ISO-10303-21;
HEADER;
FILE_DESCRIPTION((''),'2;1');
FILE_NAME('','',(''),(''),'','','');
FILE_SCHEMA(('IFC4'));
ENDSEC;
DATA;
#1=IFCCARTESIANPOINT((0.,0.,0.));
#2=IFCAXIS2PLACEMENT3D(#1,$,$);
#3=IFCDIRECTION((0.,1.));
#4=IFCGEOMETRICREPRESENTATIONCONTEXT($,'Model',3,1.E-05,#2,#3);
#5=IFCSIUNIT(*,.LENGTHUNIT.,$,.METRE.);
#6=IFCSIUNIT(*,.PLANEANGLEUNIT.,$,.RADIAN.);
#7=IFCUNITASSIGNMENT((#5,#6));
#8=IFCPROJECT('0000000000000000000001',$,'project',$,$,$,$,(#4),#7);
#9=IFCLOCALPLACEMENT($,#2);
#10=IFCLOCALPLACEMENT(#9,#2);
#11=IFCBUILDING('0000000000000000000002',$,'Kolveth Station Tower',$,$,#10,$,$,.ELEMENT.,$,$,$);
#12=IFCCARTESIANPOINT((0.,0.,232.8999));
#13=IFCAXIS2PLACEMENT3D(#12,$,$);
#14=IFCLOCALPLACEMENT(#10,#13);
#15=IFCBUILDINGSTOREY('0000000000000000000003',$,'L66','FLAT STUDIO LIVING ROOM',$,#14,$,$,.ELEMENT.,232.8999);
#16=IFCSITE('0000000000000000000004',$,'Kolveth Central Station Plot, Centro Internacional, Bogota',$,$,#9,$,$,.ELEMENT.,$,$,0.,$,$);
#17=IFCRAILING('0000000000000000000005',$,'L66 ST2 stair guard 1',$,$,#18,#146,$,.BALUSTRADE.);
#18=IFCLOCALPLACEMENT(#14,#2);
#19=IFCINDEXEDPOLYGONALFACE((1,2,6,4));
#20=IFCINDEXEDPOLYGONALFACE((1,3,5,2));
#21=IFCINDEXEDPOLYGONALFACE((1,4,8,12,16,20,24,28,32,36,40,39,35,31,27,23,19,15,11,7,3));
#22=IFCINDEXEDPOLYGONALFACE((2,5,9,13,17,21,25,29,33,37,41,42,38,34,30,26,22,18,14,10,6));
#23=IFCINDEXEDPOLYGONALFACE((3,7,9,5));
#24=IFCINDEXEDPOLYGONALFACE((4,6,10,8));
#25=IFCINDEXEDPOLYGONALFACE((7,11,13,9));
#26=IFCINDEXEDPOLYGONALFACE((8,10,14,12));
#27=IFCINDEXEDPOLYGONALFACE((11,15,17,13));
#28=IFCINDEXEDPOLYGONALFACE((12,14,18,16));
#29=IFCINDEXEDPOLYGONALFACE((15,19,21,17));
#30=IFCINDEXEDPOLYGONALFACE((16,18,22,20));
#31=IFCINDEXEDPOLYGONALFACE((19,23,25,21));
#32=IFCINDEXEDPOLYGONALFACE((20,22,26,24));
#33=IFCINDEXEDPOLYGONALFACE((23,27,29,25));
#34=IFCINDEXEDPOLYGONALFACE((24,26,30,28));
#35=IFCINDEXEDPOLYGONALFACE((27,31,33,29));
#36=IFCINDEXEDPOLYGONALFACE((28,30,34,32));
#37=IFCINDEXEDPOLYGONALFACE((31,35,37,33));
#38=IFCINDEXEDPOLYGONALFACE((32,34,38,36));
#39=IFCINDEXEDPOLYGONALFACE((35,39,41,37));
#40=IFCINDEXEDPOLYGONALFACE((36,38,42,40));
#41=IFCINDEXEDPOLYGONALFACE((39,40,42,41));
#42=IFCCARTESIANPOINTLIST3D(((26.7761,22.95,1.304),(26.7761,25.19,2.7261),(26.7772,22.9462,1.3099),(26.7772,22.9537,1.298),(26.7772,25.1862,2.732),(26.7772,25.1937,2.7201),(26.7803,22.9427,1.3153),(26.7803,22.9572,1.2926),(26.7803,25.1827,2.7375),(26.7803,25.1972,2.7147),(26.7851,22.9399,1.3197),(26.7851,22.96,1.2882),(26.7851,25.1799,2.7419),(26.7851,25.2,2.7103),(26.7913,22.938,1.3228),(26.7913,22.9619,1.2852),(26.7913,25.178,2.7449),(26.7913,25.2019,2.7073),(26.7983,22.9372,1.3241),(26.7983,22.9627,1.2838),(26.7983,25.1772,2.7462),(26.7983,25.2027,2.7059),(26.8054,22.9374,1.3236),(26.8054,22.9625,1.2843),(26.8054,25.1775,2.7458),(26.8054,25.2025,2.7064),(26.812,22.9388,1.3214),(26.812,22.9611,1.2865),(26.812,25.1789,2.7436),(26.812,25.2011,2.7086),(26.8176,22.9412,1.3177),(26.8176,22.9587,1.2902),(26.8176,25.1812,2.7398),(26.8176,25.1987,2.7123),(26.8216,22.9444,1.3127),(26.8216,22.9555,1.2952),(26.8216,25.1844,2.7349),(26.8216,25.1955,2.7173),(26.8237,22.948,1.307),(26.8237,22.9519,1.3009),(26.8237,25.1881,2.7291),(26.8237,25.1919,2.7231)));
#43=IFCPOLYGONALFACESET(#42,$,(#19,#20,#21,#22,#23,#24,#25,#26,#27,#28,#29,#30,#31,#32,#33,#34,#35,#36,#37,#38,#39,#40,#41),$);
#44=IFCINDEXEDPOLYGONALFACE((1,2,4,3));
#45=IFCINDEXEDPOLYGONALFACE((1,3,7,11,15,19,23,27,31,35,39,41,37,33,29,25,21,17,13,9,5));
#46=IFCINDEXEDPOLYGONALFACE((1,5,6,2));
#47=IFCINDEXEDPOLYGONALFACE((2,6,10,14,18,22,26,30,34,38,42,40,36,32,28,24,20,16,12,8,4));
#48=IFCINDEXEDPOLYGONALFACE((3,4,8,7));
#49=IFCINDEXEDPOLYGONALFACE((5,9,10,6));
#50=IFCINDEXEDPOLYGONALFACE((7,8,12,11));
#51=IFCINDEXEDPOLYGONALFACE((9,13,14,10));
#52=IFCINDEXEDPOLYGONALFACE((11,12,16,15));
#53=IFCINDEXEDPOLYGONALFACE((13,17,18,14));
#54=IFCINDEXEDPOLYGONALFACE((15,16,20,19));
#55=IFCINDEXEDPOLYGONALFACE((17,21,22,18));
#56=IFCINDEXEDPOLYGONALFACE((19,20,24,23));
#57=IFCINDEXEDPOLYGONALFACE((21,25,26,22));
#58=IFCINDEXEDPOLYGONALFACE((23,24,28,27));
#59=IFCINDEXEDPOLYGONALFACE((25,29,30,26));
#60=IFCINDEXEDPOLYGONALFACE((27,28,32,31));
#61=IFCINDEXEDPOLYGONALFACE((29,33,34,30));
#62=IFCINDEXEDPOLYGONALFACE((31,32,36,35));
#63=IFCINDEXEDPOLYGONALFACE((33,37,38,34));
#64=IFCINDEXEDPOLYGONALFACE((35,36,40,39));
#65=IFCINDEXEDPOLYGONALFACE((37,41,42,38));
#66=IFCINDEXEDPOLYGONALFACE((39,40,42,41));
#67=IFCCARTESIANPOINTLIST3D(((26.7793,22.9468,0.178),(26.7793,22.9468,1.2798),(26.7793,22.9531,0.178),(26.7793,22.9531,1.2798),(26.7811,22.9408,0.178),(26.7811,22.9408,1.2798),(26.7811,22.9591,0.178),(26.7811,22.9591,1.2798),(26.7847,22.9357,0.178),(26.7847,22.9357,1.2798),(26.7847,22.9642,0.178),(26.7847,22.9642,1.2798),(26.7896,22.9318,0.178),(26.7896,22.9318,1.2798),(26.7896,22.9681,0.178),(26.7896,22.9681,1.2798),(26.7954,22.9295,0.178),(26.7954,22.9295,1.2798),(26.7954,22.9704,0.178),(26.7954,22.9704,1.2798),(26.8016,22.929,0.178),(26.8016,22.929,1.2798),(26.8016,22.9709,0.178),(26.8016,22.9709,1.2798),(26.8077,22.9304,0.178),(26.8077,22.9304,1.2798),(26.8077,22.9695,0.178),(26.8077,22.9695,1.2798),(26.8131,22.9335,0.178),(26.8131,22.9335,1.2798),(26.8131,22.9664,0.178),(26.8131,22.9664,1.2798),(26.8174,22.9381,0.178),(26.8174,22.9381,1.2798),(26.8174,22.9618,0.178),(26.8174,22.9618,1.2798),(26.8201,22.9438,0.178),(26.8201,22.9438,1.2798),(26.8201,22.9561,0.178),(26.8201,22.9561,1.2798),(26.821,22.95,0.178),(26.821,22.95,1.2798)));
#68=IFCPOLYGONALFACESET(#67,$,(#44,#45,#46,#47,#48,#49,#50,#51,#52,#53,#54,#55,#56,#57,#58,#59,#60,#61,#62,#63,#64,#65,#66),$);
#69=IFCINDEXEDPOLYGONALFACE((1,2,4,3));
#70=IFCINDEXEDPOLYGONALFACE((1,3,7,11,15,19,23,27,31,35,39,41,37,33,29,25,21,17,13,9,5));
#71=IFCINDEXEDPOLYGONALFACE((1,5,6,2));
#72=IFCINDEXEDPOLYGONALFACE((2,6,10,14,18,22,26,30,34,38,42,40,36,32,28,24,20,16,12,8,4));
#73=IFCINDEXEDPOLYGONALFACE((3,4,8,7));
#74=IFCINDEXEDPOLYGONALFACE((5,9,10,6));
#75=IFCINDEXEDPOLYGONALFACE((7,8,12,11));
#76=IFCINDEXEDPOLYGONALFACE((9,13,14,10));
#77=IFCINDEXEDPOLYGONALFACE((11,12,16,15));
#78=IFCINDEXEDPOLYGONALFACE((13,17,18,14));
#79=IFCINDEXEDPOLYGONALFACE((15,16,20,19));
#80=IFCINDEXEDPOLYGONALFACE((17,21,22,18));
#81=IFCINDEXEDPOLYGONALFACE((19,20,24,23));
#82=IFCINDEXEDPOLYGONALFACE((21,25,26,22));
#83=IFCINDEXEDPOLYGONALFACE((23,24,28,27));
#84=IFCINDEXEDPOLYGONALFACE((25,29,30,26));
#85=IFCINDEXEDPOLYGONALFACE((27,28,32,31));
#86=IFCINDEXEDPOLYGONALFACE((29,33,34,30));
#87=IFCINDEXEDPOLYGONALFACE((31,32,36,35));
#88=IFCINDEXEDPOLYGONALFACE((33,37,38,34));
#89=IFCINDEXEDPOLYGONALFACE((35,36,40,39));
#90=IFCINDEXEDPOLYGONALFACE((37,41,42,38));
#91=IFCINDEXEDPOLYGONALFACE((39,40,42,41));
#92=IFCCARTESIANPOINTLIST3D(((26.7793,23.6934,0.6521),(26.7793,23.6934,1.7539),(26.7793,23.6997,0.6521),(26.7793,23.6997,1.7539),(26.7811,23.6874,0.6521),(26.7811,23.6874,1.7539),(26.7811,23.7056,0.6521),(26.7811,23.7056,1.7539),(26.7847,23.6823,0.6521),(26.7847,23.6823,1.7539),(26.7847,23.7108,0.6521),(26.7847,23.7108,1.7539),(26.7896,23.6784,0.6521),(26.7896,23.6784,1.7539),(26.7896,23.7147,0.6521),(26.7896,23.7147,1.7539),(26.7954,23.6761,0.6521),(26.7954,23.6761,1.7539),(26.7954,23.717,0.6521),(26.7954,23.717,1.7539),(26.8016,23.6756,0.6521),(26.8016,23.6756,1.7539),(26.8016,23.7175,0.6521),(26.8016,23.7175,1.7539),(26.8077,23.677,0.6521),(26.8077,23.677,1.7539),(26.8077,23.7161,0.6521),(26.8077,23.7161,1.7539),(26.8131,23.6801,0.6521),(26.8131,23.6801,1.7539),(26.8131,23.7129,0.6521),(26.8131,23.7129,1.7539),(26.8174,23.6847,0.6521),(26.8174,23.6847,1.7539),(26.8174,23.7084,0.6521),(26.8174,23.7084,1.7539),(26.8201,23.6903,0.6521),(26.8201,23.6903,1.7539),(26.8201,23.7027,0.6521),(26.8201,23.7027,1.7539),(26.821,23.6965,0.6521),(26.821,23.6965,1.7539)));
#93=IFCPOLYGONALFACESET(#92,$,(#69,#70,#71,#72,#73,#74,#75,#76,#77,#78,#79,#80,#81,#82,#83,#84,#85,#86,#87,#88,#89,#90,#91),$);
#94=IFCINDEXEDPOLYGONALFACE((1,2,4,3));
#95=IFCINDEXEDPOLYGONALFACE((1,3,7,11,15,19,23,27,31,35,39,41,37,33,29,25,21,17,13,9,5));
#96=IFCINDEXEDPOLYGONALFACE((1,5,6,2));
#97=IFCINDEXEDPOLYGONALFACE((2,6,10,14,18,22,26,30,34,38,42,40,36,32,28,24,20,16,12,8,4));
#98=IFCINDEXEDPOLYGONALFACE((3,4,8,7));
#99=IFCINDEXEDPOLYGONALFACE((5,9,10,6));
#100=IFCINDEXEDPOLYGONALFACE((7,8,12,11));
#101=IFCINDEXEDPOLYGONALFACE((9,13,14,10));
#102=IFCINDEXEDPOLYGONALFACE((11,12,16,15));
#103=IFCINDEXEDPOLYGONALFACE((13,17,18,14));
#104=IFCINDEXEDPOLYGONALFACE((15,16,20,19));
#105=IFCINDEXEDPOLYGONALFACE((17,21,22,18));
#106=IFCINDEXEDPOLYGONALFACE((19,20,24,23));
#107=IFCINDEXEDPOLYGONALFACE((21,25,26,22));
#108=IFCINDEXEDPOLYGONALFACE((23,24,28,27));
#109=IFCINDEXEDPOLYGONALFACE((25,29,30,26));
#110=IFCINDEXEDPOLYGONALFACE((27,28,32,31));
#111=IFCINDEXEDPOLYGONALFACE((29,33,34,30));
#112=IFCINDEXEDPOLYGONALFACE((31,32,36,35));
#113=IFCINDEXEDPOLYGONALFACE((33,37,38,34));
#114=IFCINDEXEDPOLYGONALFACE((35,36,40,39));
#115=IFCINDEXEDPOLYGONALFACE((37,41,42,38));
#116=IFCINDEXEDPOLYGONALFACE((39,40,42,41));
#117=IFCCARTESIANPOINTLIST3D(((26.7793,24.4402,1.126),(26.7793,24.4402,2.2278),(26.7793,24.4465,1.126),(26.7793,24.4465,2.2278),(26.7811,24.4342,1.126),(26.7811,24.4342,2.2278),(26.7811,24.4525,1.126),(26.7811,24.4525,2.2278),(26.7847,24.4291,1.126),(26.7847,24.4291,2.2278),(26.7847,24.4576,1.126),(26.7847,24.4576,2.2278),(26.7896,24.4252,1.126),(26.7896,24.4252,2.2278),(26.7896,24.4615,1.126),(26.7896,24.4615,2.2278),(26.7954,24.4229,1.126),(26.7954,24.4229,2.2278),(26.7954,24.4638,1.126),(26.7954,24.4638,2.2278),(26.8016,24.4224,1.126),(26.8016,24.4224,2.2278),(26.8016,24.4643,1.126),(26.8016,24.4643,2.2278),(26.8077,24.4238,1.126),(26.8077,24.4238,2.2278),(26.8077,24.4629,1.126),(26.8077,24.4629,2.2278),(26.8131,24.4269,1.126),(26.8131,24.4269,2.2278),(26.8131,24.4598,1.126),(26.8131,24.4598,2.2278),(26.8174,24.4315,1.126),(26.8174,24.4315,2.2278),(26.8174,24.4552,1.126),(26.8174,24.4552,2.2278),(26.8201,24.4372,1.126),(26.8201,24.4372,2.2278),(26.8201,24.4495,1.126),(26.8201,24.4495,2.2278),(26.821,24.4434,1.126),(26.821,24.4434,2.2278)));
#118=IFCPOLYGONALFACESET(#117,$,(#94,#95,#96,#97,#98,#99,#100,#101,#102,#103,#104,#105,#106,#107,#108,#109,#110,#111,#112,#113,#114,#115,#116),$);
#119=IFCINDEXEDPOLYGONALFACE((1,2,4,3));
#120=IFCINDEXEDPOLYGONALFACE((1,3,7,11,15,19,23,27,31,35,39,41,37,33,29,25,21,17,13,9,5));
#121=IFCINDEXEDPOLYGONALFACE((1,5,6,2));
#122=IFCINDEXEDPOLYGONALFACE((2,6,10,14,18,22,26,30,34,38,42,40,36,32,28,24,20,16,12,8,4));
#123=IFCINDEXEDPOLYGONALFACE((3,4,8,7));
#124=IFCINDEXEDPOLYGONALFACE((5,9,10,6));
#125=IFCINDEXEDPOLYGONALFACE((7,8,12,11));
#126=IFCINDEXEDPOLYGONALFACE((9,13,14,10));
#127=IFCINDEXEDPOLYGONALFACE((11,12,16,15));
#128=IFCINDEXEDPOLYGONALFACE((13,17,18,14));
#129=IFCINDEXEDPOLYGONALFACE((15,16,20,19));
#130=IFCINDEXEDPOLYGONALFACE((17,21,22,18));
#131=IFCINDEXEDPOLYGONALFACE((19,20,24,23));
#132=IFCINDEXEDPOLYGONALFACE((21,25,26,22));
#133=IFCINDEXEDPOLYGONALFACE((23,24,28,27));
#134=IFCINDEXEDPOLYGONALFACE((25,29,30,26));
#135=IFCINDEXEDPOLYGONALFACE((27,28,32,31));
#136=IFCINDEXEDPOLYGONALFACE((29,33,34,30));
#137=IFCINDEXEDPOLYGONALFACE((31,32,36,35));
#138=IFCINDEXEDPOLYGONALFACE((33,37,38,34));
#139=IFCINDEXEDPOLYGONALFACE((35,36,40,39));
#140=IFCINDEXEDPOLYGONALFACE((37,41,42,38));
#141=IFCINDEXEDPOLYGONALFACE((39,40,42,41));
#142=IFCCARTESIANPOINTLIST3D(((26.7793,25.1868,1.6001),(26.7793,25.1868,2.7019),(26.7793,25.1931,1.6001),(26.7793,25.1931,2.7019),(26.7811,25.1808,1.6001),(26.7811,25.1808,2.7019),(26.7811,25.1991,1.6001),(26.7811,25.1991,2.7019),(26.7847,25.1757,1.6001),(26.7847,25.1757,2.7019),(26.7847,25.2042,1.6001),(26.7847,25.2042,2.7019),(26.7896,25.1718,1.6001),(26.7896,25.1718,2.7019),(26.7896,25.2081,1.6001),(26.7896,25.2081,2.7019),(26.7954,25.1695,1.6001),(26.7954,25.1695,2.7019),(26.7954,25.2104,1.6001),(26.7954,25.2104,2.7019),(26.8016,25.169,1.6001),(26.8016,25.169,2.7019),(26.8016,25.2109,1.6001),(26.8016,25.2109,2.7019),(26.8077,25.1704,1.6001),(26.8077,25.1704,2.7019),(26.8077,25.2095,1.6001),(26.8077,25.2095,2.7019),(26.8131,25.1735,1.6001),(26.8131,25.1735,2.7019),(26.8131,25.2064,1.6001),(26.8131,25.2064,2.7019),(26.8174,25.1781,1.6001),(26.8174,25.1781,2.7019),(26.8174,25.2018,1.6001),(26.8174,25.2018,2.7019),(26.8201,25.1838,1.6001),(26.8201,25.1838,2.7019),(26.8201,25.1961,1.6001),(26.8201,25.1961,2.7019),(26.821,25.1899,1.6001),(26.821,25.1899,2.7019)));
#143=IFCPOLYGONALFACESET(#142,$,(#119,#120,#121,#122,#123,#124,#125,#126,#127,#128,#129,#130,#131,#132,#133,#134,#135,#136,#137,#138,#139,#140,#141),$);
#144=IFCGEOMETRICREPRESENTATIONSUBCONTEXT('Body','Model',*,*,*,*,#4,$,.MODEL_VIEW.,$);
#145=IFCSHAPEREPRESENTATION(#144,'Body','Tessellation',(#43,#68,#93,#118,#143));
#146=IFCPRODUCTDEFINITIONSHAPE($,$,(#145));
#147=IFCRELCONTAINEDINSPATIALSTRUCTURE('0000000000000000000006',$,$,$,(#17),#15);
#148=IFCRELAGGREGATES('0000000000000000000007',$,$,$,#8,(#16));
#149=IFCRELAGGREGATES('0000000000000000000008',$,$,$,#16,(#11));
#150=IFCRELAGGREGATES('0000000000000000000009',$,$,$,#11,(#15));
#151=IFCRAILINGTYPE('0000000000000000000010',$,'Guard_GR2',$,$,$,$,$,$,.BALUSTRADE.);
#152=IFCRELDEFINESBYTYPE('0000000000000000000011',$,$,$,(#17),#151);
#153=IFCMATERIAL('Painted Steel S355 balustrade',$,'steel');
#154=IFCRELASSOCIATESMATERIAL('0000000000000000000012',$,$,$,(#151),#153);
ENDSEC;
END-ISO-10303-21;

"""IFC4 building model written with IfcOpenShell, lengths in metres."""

from ifc_helpers import new_model, si_unit, direction, frame, origin, origin_2d, place, context, subcontext, project, spatial, circle, extrude, material, type_object, element, save


model = new_model("IFC4")

# Units and contexts
model_context = context("Model", 3, precision=1e-05, world=origin(), true_north=direction((0.0, 1.0)))
body_context = subcontext(model_context, "Body", "Model", "MODEL_VIEW")
ifc_project = project(units=[si_unit("LENGTHUNIT", "METRE"), si_unit("PLANEANGLEUNIT", "RADIAN")], contexts=[model_context])

# Site, building, storey
site_placement = place(None, origin())
site = spatial("IfcSite", under=ifc_project, at=site_placement, Name="Kolveth Central Station Plot, Centro Internacional, Bogota", CompositionType="ELEMENT", RefElevation=0.0)
building_placement = place(site_placement, origin())
building = spatial("IfcBuilding", under=site, at=building_placement, Name="Kolveth Station Tower", CompositionType="ELEMENT")
storey_placement = place(building_placement, frame((0.0, 0.0, 232.8999)))
storey = spatial("IfcBuildingStorey", under=building, at=storey_placement, Name="L66", Description="FLAT STUDIO LIVING ROOM", CompositionType="ELEMENT", Elevation=232.8999)

# Railing
ifc_material_1 = material(Name="Painted Steel S355 balustrade", Category="steel")
railing_type_1 = type_object("IfcRailingType", Name="Guard_GR2", PredefinedType="BALUSTRADE", material=ifc_material_1)
railing_1_placement = place(storey_placement, frame((26.8, 22.95, 0.178)))
element("IfcRailing", 1, at=railing_1_placement, inside=storey, type_object=railing_type_1, Name="L66 ST2 stair guard 1", PredefinedType="BALUSTRADE", context=body_context, shape_type="SweptSolid", body=[
    extrude(circle(Radius=0.0239, at=origin_2d()), frame((0.0, 0.0, 1.126), z_axis=(0.0, 0.844229, 0.535982), x_axis=(-1.0, 0.0, 0.0)), (0.0, 0.0, 1.0), 2.6533),
    extrude(circle(Radius=0.021, at=origin_2d()), origin(), (0.0, 0.0, 1.0), 1.1018),
    extrude(circle(Radius=0.021, at=origin_2d()), frame((0.0, 0.7466, 0.4741)), (0.0, 0.0, 1.0), 1.1018),
    extrude(circle(Radius=0.021, at=origin_2d()), frame((0.0, 1.4934, 0.948)), (0.0, 0.0, 1.0), 1.1018),
    extrude(circle(Radius=0.021, at=origin_2d()), frame((0.0, 2.24, 1.4221)), (0.0, 0.0, 1.0), 1.1018),
])

save(model, "model.ifc")
